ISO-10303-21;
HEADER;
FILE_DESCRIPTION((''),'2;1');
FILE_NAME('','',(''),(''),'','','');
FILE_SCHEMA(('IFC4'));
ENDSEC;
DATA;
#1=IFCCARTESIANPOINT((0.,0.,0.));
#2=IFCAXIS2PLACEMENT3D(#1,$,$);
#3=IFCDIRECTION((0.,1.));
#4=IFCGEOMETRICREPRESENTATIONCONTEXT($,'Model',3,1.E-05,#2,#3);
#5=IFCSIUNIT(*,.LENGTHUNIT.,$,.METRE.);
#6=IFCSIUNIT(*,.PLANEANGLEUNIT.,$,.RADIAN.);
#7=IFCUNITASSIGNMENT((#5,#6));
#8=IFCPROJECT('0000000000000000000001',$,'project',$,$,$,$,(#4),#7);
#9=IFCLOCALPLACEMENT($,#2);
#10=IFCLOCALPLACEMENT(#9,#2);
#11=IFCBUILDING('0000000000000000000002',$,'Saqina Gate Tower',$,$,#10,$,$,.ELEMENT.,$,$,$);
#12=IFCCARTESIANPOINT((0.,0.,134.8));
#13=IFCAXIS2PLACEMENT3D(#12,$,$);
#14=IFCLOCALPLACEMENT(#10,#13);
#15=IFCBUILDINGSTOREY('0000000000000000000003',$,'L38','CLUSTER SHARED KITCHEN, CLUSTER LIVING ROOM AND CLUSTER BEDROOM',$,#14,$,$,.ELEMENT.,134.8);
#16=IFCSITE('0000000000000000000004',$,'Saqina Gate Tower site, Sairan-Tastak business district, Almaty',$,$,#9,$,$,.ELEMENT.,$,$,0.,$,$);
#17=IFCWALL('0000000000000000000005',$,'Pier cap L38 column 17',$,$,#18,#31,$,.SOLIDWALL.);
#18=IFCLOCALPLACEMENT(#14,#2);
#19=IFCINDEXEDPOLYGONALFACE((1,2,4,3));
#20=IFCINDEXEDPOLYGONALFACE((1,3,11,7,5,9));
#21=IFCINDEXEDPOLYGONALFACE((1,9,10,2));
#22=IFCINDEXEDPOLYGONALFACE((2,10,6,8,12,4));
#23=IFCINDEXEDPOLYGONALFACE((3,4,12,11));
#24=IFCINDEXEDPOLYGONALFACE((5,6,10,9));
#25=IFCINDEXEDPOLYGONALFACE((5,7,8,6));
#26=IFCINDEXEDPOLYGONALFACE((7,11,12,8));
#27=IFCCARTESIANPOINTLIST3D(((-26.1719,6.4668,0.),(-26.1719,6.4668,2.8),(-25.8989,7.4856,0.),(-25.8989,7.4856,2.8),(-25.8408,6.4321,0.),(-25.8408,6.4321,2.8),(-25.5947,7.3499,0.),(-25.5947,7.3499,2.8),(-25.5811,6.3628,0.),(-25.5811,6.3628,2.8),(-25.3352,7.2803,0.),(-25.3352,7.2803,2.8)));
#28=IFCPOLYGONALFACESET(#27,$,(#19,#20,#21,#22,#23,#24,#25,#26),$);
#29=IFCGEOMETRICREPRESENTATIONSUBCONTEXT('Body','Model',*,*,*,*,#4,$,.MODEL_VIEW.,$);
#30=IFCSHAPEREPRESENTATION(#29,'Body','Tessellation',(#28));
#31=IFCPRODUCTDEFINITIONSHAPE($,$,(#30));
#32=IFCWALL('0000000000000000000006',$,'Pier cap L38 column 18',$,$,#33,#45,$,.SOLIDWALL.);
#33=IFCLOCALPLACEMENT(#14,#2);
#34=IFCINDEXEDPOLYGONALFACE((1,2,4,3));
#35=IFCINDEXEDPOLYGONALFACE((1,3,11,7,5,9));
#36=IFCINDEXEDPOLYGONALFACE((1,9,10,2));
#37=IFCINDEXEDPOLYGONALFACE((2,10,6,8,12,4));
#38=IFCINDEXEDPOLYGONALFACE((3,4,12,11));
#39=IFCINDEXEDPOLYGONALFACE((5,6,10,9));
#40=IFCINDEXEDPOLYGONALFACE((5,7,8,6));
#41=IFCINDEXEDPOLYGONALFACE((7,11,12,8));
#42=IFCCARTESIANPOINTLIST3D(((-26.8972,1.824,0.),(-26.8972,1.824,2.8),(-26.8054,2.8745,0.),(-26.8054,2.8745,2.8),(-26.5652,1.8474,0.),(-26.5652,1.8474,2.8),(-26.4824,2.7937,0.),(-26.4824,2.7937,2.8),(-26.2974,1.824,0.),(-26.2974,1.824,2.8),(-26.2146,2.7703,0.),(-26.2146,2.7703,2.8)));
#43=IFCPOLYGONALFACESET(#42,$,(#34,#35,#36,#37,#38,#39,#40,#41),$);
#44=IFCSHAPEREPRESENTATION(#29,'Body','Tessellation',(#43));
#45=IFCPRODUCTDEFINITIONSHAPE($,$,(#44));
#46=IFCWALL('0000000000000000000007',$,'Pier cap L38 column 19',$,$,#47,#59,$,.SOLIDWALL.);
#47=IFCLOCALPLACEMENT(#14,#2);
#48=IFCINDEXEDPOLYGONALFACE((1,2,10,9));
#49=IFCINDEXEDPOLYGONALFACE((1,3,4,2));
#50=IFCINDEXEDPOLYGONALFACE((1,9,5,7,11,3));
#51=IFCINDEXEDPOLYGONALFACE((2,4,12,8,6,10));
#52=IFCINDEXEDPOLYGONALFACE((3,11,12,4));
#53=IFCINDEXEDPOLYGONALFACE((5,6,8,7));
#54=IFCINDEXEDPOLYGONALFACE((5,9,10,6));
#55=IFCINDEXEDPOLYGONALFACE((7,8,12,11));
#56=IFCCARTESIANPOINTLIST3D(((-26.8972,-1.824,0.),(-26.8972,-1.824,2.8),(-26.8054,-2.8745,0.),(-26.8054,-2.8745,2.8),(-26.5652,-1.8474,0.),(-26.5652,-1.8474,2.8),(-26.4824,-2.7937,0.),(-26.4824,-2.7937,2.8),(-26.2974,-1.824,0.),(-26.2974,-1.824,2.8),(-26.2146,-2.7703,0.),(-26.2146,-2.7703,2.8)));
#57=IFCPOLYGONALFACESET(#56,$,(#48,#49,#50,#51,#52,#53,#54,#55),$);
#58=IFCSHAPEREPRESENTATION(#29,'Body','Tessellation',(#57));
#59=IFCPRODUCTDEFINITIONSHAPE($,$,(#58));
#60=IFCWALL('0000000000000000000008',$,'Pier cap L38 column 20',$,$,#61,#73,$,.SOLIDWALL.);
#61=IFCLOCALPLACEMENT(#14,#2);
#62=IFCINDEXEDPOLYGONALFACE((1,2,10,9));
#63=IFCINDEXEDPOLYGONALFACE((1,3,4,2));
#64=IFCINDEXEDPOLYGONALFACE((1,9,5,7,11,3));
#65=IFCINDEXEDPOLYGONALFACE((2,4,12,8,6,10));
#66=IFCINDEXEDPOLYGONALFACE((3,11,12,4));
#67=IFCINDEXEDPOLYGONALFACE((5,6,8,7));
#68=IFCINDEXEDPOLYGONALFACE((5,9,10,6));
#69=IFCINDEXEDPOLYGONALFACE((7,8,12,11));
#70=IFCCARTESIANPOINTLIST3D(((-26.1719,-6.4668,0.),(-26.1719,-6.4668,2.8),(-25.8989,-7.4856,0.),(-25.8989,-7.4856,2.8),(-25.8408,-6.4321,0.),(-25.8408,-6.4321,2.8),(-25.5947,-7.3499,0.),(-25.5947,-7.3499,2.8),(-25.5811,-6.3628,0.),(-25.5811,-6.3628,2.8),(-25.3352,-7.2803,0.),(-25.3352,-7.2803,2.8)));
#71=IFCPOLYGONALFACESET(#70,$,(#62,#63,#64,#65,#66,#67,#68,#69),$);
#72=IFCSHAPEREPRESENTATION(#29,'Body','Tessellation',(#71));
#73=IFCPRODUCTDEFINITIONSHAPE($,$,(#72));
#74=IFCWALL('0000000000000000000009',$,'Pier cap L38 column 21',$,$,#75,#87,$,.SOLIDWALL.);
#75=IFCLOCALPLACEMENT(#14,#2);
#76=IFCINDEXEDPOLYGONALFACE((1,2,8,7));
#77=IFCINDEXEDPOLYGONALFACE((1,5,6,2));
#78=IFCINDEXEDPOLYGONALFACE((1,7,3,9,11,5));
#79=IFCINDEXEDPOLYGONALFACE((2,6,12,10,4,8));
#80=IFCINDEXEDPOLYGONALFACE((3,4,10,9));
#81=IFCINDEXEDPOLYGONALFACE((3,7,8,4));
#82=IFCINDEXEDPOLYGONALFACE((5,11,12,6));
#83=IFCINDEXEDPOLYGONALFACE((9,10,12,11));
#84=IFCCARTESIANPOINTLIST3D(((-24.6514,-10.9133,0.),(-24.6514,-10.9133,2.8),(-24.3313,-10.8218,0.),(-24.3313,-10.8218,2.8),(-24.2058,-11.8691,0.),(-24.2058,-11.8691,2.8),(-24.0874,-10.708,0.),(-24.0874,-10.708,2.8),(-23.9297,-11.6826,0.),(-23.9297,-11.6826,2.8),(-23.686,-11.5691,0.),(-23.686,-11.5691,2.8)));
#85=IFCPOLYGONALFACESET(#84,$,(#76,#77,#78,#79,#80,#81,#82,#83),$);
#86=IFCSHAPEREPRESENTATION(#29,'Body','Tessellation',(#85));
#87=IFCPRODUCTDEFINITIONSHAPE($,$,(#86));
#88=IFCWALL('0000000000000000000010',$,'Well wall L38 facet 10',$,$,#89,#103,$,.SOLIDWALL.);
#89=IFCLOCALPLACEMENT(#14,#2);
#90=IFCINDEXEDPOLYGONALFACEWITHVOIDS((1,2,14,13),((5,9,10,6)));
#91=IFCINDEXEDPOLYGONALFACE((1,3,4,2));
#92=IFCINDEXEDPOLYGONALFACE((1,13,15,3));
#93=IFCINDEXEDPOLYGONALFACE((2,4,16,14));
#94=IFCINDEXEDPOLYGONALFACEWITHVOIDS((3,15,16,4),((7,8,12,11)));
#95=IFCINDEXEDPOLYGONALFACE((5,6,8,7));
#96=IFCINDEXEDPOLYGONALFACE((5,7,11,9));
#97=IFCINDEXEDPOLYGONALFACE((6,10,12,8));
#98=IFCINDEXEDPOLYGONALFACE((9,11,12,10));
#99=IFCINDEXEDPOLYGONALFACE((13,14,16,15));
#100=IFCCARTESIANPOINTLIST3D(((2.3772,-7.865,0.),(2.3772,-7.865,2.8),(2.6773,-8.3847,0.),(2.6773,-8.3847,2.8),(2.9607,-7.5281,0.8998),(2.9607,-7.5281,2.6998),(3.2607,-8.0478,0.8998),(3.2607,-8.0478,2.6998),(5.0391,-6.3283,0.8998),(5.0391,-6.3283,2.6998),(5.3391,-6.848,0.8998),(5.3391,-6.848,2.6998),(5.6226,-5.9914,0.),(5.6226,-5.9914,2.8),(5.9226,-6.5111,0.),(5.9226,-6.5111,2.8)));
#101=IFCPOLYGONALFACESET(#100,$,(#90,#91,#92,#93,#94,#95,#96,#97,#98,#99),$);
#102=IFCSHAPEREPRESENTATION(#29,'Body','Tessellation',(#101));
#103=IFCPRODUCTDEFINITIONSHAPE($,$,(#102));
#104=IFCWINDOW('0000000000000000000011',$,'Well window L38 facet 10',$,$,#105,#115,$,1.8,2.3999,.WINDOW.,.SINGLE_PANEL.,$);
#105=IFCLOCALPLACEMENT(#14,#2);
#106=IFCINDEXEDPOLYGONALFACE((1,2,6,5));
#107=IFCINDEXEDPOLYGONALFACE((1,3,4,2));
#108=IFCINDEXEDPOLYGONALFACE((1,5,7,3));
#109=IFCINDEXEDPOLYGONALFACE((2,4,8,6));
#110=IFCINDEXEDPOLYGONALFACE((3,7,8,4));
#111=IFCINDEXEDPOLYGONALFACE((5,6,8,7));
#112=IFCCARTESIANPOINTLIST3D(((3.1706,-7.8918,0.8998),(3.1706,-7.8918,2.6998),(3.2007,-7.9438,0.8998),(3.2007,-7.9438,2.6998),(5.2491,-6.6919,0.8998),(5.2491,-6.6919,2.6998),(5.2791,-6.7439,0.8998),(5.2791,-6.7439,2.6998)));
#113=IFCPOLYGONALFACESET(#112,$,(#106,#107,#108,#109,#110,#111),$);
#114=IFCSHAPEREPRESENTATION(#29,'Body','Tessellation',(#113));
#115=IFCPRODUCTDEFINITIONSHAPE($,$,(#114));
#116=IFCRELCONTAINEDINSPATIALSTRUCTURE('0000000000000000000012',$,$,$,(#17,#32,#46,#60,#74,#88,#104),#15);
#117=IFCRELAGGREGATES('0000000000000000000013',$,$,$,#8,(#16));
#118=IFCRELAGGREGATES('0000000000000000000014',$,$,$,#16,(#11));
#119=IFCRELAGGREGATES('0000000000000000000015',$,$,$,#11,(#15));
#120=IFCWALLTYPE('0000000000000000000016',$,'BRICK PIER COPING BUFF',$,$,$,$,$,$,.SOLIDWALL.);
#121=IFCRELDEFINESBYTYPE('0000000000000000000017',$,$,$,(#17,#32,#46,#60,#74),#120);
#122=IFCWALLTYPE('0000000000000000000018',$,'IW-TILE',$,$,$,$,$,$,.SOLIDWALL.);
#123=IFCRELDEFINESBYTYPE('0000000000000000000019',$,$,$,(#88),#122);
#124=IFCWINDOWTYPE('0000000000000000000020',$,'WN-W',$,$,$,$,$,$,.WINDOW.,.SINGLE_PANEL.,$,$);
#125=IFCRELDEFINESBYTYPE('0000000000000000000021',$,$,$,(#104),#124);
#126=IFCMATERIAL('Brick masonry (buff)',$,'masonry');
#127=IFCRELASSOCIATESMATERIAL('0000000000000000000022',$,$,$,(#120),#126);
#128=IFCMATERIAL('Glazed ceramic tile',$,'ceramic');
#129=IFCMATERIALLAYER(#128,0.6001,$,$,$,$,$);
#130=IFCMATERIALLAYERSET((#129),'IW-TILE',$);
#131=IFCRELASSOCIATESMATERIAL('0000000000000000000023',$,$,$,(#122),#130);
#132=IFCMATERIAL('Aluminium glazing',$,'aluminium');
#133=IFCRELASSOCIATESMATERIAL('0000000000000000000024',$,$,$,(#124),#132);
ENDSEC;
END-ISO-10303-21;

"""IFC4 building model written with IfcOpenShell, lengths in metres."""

from ifc_helpers import new_model, si_unit, direction, frame, frame_2d, origin, place, context, subcontext, project, spatial, polyline, rectangle, outline, extrude, material, layer, layer_set, type_object, element, fill, save


model = new_model("IFC4")

# Units and contexts
model_context = context("Model", 3, precision=1e-05, world=origin(), true_north=direction((0.0, 1.0)))
body_context = subcontext(model_context, "Body", "Model", "MODEL_VIEW")
ifc_project = project(units=[si_unit("LENGTHUNIT", "METRE"), si_unit("PLANEANGLEUNIT", "RADIAN")], contexts=[model_context])

# Site, building, storey
site_placement = place(None, origin())
site = spatial("IfcSite", under=ifc_project, at=site_placement, Name="Saqina Gate Tower site, Sairan-Tastak business district, Almaty", CompositionType="ELEMENT", RefElevation=0.0)
building_placement = place(site_placement, origin())
building = spatial("IfcBuilding", under=site, at=building_placement, Name="Saqina Gate Tower", CompositionType="ELEMENT")
storey_placement = place(building_placement, frame((0.0, 0.0, 134.8)))
storey = spatial("IfcBuildingStorey", under=building, at=storey_placement, Name="L38", Description="CLUSTER SHARED KITCHEN, CLUSTER LIVING ROOM AND CLUSTER BEDROOM", CompositionType="ELEMENT", Elevation=134.8)

# Walls
ifc_material_1 = material(Name="Brick masonry (buff)", Category="masonry")
wall_type_1 = type_object("IfcWallType", Name="BRICK PIER COPING BUFF", PredefinedType="SOLIDWALL", material=ifc_material_1)
wall_1_placement = place(storey_placement, origin())
element("IfcWall", 1, at=wall_1_placement, inside=storey, type_object=wall_type_1, Name="Pier cap L38 column 17", PredefinedType="SOLIDWALL", context=body_context, shape_type="SweptSolid", body=[
    extrude(outline(polyline([(-25.8989, 7.4856), (-26.1719, 6.4668), (-25.5811, 6.3628), (-25.8408, 6.4321), (-25.5947, 7.3499), (-25.3352, 7.2803), (-25.8989, 7.4856)])), origin(), (0.0, 0.0, 1.0), 2.8),
])
wall_2_placement = place(storey_placement, origin())
element("IfcWall", 2, at=wall_2_placement, inside=storey, type_object=wall_type_1, Name="Pier cap L38 column 18", PredefinedType="SOLIDWALL", context=body_context, shape_type="SweptSolid", body=[
    extrude(outline(polyline([(-26.8054, 2.8745), (-26.8972, 1.824), (-26.2974, 1.824), (-26.5652, 1.8474), (-26.4824, 2.7937), (-26.2146, 2.7703), (-26.8054, 2.8745)])), origin(), (0.0, 0.0, 1.0), 2.8),
])
wall_3_placement = place(storey_placement, origin())
element("IfcWall", 3, at=wall_3_placement, inside=storey, type_object=wall_type_1, Name="Pier cap L38 column 19", PredefinedType="SOLIDWALL", context=body_context, shape_type="SweptSolid", body=[
    extrude(outline(polyline([(-26.8054, -2.8745), (-26.2146, -2.7703), (-26.4824, -2.7937), (-26.5652, -1.8474), (-26.2974, -1.824), (-26.8972, -1.824), (-26.8054, -2.8745)])), origin(), (0.0, 0.0, 1.0), 2.8),
])
wall_4_placement = place(storey_placement, origin())
element("IfcWall", 4, at=wall_4_placement, inside=storey, type_object=wall_type_1, Name="Pier cap L38 column 20", PredefinedType="SOLIDWALL", context=body_context, shape_type="SweptSolid", body=[
    extrude(outline(polyline([(-26.1719, -6.4668), (-25.8989, -7.4856), (-25.3352, -7.2803), (-25.5947, -7.3499), (-25.8408, -6.4321), (-25.5811, -6.3628), (-26.1719, -6.4668)])), origin(), (0.0, 0.0, 1.0), 2.8),
])
wall_5_placement = place(storey_placement, origin())
element("IfcWall", 5, at=wall_5_placement, inside=storey, type_object=wall_type_1, Name="Pier cap L38 column 21", PredefinedType="SOLIDWALL", context=body_context, shape_type="SweptSolid", body=[
    extrude(outline(polyline([(-24.6514, -10.9133), (-24.2058, -11.8691), (-23.686, -11.5691), (-23.9297, -11.6826), (-24.3313, -10.8218), (-24.0874, -10.708), (-24.6514, -10.9133)])), origin(), (0.0, 0.0, 1.0), 2.8),
])

# Wall, opening, window
ifc_material_2 = material(Name="Glazed ceramic tile", Category="ceramic")
ifc_layer_1 = layer(ifc_material_2, 0.6001)
ifc_layer_set_1 = layer_set([ifc_layer_1], Name="IW-TILE")
wall_type_2 = type_object("IfcWallType", Name="IW-TILE", PredefinedType="SOLIDWALL", material=ifc_layer_set_1)
wall_6_placement = place(storey_placement, frame((2.5273, -8.1248, 0.0), z_axis=(0.0, 0.0, 1.0), x_axis=(0.866046, 0.499965, 0.0)))
wall_6 = element("IfcWall", 6, at=wall_6_placement, inside=storey, type_object=wall_type_2, Name="Well wall L38 facet 10", PredefinedType="SOLIDWALL", context=body_context, shape_type="SweptSolid", body=[
    extrude(rectangle(XDim=3.7473, YDim=0.6001, at=frame_2d((1.8735, 0.0))), origin(), (0.0, 0.0, 1.0), 2.8),
])
opening_placement = place(wall_6_placement, frame((0.6736, 0.0, 0.8999)))
opening = element("IfcOpeningElement", 7, at=opening_placement, cuts=wall_6, PredefinedType="OPENING", context=body_context, shape_type="SweptSolid", body=[
    extrude(rectangle(XDim=2.3999, YDim=1.8, at=frame_2d((1.2, 0.8999))), frame((0.0, 0.312, 0.0), z_axis=(0.0, -1.0, 0.0), x_axis=(1.0, 0.0, 0.0)), (0.0, 0.0, 1.0), 0.624),
])
ifc_material_3 = material(Name="Aluminium glazing", Category="aluminium")
window_type = type_object("IfcWindowType", Name="WN-W", PartitioningType="SINGLE_PANEL", PredefinedType="WINDOW", material=ifc_material_3)
window_placement = place(opening_placement, origin())
window = element("IfcWindow", 8, at=window_placement, inside=storey, type_object=window_type, Name="Well window L38 facet 10", OverallHeight=1.8, OverallWidth=2.3999, PartitioningType="SINGLE_PANEL", PredefinedType="WINDOW", context=body_context, shape_type="SweptSolid", body=[
    extrude(rectangle(XDim=2.3999, YDim=1.8, at=frame_2d((1.2, 0.8999))), frame((0.0, -0.1199, 0.0), z_axis=(0.0, -1.0, 0.0), x_axis=(1.0, 0.0, 0.0)), (0.0, 0.0, 1.0), 0.0601),
])
fill(opening, window)

save(model, "model.ifc")
